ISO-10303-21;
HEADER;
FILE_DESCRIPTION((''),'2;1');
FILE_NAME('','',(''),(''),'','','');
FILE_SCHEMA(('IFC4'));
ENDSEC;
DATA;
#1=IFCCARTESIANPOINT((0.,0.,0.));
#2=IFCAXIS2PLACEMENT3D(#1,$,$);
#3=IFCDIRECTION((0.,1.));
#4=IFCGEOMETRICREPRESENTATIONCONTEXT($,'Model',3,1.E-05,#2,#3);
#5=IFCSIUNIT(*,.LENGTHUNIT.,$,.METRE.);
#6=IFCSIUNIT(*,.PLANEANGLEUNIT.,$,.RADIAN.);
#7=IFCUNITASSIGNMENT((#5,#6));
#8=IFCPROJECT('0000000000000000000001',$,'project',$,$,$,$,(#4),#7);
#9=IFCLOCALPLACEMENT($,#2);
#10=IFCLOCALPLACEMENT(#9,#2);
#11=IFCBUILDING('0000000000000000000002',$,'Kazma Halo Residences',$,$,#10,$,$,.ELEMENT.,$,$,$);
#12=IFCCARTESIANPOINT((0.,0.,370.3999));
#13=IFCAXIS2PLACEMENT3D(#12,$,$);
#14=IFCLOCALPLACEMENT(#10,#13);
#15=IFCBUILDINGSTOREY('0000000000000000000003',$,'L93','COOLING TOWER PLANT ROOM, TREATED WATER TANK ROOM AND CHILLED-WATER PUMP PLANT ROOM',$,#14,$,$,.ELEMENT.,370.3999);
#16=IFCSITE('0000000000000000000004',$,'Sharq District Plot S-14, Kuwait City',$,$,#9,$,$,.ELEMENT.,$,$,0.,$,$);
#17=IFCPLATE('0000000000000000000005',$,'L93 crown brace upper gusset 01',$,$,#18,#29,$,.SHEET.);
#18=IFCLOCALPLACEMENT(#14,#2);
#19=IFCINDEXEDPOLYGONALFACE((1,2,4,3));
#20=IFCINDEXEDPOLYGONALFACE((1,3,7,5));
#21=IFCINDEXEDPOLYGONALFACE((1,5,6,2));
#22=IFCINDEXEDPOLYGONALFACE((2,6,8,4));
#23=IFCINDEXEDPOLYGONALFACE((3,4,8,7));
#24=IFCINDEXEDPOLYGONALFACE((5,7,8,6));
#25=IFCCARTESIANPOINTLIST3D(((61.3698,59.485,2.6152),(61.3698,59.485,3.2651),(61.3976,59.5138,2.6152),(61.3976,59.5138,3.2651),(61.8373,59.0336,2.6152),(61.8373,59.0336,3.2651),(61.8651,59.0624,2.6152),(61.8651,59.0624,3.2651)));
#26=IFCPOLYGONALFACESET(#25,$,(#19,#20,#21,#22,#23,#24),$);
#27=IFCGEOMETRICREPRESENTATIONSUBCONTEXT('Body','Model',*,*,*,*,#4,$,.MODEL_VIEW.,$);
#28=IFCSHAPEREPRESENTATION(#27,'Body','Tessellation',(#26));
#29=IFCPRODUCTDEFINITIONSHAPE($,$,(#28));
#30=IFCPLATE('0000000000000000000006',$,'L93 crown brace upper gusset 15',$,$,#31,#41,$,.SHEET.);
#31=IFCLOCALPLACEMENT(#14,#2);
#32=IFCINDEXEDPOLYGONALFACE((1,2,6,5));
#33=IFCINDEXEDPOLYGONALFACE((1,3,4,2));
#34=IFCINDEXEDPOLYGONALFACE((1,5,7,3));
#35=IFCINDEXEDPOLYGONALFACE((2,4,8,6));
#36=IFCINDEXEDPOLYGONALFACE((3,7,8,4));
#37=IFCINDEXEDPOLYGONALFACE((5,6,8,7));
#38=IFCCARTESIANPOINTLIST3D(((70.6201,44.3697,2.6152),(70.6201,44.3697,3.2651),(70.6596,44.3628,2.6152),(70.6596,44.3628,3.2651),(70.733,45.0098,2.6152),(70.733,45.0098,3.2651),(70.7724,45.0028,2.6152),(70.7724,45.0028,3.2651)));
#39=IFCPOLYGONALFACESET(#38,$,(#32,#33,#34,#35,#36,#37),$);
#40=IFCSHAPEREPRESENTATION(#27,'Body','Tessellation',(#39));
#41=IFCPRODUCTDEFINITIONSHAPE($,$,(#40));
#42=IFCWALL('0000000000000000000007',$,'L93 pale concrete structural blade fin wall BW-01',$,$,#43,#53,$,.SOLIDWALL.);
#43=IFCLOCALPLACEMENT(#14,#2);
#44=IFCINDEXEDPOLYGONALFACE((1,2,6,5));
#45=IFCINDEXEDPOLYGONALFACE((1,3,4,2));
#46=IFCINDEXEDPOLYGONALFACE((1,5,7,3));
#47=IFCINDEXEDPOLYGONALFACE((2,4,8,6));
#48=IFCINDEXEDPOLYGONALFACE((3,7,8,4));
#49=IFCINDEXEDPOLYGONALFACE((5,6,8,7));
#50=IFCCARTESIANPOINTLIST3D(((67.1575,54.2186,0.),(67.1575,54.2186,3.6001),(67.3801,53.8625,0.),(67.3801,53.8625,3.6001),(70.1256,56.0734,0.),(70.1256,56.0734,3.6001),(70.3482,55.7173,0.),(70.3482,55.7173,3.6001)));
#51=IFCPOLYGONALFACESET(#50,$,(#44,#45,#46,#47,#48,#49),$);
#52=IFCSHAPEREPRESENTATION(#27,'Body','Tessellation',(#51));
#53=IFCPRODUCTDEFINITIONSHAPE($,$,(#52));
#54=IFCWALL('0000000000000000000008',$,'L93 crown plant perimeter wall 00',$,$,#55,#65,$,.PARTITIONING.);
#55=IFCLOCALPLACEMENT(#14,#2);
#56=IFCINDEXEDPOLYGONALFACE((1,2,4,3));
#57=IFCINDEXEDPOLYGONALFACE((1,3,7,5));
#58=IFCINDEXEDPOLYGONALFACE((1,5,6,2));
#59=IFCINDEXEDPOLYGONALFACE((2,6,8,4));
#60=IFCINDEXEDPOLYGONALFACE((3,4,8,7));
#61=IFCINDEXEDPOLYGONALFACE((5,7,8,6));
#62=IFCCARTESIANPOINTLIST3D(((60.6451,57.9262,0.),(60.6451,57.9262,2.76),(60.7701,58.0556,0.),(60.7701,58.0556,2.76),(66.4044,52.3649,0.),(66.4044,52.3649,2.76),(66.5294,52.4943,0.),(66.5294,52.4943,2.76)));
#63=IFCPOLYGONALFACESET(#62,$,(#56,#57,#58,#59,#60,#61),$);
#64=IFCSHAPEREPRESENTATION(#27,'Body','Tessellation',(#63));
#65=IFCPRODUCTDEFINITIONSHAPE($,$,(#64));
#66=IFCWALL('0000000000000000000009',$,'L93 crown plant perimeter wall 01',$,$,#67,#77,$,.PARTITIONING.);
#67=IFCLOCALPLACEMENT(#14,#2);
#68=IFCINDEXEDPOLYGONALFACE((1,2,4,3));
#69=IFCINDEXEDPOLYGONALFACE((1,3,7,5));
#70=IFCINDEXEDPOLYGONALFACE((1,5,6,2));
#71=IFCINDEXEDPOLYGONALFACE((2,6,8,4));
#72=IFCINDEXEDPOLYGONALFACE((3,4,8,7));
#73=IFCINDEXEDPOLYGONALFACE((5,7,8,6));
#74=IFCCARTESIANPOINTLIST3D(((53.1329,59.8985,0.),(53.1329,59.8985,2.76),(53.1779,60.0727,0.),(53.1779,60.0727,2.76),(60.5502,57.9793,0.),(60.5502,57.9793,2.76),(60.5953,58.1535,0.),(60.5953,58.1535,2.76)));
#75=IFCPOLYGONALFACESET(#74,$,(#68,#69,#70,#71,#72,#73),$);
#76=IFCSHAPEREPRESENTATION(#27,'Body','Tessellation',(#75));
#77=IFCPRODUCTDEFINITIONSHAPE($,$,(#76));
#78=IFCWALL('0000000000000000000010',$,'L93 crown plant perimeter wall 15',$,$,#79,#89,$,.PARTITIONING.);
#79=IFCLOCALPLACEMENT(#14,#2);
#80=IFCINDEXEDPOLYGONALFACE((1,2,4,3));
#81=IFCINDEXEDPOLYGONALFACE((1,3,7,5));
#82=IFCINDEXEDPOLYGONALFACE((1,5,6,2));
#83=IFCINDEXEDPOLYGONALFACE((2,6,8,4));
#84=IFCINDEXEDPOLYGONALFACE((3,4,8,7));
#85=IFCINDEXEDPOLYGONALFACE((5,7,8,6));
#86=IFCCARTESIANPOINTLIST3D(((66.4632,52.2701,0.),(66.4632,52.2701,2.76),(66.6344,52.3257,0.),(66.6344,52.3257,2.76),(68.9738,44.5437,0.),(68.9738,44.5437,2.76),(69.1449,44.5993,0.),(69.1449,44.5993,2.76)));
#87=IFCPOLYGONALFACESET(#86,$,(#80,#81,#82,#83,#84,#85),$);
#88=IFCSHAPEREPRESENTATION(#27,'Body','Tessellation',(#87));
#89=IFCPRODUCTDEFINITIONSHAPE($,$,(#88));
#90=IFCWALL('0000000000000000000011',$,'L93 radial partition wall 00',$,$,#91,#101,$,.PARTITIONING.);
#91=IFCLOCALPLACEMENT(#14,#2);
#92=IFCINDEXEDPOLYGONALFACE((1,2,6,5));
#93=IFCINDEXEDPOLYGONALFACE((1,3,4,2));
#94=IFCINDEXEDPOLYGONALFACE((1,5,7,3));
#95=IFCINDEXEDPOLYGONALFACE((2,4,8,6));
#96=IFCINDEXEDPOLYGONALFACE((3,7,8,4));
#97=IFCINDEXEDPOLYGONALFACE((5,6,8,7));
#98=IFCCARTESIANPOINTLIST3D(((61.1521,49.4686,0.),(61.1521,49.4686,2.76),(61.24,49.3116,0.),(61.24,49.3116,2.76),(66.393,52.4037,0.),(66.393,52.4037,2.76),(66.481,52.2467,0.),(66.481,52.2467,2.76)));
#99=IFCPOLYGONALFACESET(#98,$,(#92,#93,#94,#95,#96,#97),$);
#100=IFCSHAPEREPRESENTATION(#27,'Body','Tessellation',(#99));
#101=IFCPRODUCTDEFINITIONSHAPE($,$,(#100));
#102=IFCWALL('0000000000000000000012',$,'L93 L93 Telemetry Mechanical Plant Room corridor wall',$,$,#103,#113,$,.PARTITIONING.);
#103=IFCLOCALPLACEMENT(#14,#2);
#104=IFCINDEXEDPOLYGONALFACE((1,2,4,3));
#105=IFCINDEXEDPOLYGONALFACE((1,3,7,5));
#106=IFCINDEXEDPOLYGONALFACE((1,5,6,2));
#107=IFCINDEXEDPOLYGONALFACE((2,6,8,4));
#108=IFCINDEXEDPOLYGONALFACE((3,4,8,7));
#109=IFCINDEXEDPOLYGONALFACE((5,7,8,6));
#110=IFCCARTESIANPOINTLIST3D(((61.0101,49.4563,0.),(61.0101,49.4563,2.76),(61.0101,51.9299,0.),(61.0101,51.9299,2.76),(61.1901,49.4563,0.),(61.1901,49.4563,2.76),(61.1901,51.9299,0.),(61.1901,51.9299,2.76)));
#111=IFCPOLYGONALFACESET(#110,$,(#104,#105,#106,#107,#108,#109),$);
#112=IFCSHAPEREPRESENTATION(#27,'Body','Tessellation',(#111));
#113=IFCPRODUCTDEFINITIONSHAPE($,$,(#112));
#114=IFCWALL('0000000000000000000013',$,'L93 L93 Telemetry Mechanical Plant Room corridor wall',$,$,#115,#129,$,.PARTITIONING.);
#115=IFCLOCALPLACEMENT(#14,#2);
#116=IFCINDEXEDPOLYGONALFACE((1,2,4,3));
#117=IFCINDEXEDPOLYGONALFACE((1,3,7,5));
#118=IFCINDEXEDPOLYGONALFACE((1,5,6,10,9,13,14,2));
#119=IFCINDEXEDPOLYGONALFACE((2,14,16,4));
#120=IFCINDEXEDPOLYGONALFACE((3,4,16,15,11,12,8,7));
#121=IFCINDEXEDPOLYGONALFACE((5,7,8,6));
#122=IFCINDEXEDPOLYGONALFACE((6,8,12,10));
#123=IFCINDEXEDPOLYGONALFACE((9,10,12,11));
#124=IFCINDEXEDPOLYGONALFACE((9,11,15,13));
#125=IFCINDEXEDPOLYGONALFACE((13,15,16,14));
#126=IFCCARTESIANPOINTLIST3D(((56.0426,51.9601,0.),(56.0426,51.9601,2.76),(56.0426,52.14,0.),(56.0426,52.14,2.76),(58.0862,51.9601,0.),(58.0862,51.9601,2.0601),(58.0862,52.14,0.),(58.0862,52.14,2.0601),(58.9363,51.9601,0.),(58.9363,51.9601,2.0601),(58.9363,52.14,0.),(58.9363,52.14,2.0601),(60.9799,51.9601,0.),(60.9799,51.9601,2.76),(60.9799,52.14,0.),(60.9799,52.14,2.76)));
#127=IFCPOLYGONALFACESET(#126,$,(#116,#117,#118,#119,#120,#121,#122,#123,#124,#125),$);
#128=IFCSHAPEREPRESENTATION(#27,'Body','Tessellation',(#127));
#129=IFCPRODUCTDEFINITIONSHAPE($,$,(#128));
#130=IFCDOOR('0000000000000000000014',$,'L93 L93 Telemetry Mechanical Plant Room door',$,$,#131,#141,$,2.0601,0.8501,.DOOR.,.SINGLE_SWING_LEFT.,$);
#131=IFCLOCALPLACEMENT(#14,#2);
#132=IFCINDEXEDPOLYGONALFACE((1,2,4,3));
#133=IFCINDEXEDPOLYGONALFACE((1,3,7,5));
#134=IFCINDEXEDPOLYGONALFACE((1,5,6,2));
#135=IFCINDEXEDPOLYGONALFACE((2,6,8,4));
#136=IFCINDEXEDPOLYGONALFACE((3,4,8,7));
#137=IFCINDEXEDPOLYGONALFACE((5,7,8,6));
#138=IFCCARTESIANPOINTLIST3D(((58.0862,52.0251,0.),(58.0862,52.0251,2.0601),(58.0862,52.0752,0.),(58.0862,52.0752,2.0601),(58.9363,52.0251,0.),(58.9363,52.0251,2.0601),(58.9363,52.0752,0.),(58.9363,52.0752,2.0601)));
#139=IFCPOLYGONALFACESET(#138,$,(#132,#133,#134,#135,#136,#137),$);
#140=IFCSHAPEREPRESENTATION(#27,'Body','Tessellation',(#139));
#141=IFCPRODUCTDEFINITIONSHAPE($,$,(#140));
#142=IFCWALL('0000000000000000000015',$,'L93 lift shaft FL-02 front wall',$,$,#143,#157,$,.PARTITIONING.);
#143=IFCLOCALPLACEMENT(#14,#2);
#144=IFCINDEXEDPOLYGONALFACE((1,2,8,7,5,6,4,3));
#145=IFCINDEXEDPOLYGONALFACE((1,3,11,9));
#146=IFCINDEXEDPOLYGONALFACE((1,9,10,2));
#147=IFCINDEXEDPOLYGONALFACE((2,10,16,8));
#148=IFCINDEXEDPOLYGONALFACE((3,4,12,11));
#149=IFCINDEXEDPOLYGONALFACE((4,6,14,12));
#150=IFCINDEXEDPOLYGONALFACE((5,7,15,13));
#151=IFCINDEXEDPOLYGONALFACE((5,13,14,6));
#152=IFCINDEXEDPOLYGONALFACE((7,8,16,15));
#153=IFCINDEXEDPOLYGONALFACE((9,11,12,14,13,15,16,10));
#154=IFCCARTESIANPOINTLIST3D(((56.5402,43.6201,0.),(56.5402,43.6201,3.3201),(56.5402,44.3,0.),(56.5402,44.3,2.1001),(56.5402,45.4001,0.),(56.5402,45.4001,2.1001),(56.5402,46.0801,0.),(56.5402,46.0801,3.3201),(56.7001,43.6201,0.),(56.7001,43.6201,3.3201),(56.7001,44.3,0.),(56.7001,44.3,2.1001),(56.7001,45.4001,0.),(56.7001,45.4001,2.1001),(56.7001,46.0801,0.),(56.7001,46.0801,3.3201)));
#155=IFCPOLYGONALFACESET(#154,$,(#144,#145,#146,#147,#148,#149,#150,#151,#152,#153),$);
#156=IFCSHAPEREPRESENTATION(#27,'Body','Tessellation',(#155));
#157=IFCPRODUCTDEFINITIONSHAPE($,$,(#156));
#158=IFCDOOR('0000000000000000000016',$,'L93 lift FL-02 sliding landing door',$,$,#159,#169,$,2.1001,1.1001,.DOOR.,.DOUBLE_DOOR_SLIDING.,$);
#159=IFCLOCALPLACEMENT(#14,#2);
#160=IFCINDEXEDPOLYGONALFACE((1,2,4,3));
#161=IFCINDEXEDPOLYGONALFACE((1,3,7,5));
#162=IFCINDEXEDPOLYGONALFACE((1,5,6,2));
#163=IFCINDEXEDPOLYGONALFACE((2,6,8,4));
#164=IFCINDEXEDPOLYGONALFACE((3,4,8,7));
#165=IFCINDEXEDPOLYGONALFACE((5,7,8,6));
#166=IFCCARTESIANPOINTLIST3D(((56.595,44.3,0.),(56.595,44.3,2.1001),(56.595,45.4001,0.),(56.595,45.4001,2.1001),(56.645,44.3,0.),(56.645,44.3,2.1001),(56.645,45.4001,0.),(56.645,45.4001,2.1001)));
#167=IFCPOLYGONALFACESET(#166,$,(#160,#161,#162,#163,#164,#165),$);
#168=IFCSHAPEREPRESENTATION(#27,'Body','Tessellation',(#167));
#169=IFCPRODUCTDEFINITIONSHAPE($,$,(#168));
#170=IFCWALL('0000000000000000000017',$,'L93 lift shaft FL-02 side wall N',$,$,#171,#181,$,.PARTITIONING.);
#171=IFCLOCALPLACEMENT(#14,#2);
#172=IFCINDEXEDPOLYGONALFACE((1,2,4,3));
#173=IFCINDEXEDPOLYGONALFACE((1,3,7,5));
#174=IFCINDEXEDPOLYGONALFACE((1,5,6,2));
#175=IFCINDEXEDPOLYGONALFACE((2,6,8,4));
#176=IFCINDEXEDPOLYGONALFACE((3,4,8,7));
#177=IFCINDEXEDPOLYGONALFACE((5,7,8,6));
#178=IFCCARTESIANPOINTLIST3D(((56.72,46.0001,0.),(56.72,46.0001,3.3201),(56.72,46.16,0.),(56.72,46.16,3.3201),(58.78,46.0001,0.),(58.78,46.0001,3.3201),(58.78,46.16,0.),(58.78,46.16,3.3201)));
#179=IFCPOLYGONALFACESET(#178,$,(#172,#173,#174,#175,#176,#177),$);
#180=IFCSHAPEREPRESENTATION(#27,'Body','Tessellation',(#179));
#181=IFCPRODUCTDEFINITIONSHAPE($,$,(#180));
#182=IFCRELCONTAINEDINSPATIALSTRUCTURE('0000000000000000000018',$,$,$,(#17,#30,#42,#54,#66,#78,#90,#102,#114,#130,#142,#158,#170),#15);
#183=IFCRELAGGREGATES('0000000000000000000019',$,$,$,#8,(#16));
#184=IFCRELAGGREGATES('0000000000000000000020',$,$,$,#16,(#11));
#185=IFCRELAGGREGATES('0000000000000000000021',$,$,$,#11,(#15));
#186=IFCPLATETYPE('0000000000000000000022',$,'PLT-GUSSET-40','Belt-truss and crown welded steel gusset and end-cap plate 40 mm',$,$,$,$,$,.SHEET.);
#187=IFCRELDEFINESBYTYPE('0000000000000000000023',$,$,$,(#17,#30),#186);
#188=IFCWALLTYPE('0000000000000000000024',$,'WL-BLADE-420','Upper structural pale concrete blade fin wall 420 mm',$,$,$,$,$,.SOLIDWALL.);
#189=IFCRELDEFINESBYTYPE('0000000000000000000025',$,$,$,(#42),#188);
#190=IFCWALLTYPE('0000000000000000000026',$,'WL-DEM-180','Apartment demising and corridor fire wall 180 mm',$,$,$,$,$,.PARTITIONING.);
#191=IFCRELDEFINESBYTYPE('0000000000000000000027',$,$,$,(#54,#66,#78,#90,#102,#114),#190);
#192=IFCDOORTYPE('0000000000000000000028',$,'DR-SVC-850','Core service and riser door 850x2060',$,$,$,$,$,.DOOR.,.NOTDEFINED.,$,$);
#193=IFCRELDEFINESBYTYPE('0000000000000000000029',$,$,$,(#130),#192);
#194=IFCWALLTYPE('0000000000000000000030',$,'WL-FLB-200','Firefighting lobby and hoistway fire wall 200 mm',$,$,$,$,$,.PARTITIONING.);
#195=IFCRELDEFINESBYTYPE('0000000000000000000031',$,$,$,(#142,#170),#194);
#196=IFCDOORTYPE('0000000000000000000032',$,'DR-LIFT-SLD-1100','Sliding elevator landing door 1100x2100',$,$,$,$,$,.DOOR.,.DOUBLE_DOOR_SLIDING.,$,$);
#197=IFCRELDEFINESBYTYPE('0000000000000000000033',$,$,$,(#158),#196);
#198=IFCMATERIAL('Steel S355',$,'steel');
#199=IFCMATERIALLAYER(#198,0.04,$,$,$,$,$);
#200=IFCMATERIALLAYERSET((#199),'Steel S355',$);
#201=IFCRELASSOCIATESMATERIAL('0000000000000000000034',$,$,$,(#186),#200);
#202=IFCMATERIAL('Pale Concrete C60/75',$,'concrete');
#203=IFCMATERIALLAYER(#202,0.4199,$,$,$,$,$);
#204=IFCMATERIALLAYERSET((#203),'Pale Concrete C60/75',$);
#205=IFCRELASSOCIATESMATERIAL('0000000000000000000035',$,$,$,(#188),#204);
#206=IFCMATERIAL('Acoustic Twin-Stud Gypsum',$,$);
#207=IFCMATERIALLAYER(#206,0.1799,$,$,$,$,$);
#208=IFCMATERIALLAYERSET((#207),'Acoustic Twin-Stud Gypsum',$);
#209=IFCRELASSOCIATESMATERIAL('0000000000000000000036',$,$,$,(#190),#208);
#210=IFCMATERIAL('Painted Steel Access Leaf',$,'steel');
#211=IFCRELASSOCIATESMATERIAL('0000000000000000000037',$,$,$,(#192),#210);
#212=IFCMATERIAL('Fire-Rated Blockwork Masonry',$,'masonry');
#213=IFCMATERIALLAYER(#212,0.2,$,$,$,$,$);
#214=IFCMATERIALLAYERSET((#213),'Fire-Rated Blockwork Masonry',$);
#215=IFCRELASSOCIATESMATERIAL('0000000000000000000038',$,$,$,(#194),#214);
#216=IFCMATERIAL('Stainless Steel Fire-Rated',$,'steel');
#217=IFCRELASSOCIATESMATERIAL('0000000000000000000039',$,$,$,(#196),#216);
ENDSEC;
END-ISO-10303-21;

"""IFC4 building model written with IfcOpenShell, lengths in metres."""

from ifc_helpers import new_model, si_unit, direction, frame, frame_2d, origin, origin_2d, place, context, subcontext, project, spatial, rectangle, extrude, material, layer, layer_set, type_object, element, fill, save


model = new_model("IFC4")

# Units and contexts
model_context = context("Model", 3, precision=1e-05, world=origin(), true_north=direction((0.0, 1.0)))
body_context = subcontext(model_context, "Body", "Model", "MODEL_VIEW")
ifc_project = project(units=[si_unit("LENGTHUNIT", "METRE"), si_unit("PLANEANGLEUNIT", "RADIAN")], contexts=[model_context])

# Site, building, storey
site_placement = place(None, origin())
site = spatial("IfcSite", under=ifc_project, at=site_placement, Name="Sharq District Plot S-14, Kuwait City", CompositionType="ELEMENT", RefElevation=0.0)
building_placement = place(site_placement, origin())
building = spatial("IfcBuilding", under=site, at=building_placement, Name="Kazma Halo Residences", CompositionType="ELEMENT")
storey_placement = place(building_placement, frame((0.0, 0.0, 370.3999)))
storey = spatial("IfcBuildingStorey", under=building, at=storey_placement, Name="L93", Description="COOLING TOWER PLANT ROOM, TREATED WATER TANK ROOM AND CHILLED-WATER PUMP PLANT ROOM", CompositionType="ELEMENT", Elevation=370.3999)

# Shared definitions
ifc_material_1 = material(Name="Steel S355", Category="steel")

# Plates
ifc_layer_1 = layer(ifc_material_1, 0.04)
ifc_layer_set_1 = layer_set([ifc_layer_1], Name="Steel S355")
plate_type_1 = type_object("IfcPlateType", Name="PLT-GUSSET-40", Description="Belt-truss and crown welded steel gusset and end-cap plate 40 mm", PredefinedType="SHEET", material=ifc_layer_set_1)
for number, where, z_axis, x_axis, name in (
    (1, (61.6174, 59.2737, 2.6152), (0.0, 0.0, 1.0), (-0.719342, 0.694656, 0.0), "L93 crown brace upper gusset 01"),
    (2, (70.6963, 44.6863, 2.6152), (0.0, 0.0, 1.0), (0.173656, 0.984806, 0.0), "L93 crown brace upper gusset 15"),
):
    element("IfcPlate", number, at=place(storey_placement, frame(where, z_axis=z_axis, x_axis=x_axis)), inside=storey, type_object=plate_type_1, Name=name, PredefinedType="SHEET", context=body_context, shape_type="SweptSolid", body=[
        extrude(rectangle(XDim=0.6499, YDim=0.04, at=origin_2d()), origin(), (0.0, 0.0, 1.0), 0.6499),
    ])

# Walls
ifc_material_2 = material(Name="Pale Concrete C60/75", Category="concrete")
ifc_layer_2 = layer(ifc_material_2, 0.4199)
ifc_layer_set_2 = layer_set([ifc_layer_2], Name="Pale Concrete C60/75")
wall_type_1 = type_object("IfcWallType", Name="WL-BLADE-420", Description="Upper structural pale concrete blade fin wall 420 mm", PredefinedType="SOLIDWALL", material=ifc_layer_set_2)
wall_1_placement = place(storey_placement, frame((67.2688, 54.0405, 0.0), z_axis=(0.0, 0.0, 1.0), x_axis=(0.848034, 0.529943, 0.0)))
element("IfcWall", 3, at=wall_1_placement, inside=storey, type_object=wall_type_1, Name="L93 pale concrete structural blade fin wall BW-01", PredefinedType="SOLIDWALL", context=body_context, shape_type="SweptSolid", body=[
    extrude(rectangle(XDim=3.5, YDim=0.4199, at=frame_2d((1.75, 0.0))), origin(), (0.0, 0.0, 1.0), 3.6001),
])
ifc_material_3 = material(Name="Acoustic Twin-Stud Gypsum")
ifc_layer_3 = layer(ifc_material_3, 0.1799)
ifc_layer_set_3 = layer_set([ifc_layer_3], Name="Acoustic Twin-Stud Gypsum")
wall_type_2 = type_object("IfcWallType", Name="WL-DEM-180", Description="Apartment demising and corridor fire wall 180 mm", PredefinedType="PARTITIONING", material=ifc_layer_set_3)
wall_2_placement = place(storey_placement, frame((66.4668, 52.4297, 0.0), z_axis=(0.0, 0.0, 1.0), x_axis=(-0.719364, 0.694633, 0.0)))
element("IfcWall", 4, at=wall_2_placement, inside=storey, type_object=wall_type_2, Name="L93 crown plant perimeter wall 00", PredefinedType="PARTITIONING", context=body_context, shape_type="SweptSolid", body=[
    extrude(rectangle(XDim=8.0061, YDim=0.1799, at=frame_2d((4.0029, 0.0))), origin(), (0.0, 0.0, 1.0), 2.76),
])
wall_3_placement = place(storey_placement, frame((60.5728, 58.0664, 0.0), z_axis=(0.0, 0.0, 1.0), x_axis=(-0.968117, 0.250498, 0.0)))
element("IfcWall", 5, at=wall_3_placement, inside=storey, type_object=wall_type_2, Name="L93 crown plant perimeter wall 01", PredefinedType="PARTITIONING", context=body_context, shape_type="SweptSolid", body=[
    extrude(rectangle(XDim=7.6616, YDim=0.1799, at=frame_2d((3.8308, 0.0))), origin(), (0.0, 0.0, 1.0), 2.76),
])
wall_4_placement = place(storey_placement, frame((69.0593, 44.5715, 0.0), z_axis=(0.0, 0.0, 1.0), x_axis=(-0.309024, 0.951054, 0.0)))
element("IfcWall", 6, at=wall_4_placement, inside=storey, type_object=wall_type_2, Name="L93 crown plant perimeter wall 15", PredefinedType="PARTITIONING", context=body_context, shape_type="SweptSolid", body=[
    extrude(rectangle(XDim=8.124, YDim=0.1799, at=frame_2d((4.062, 0.0))), origin(), (0.0, 0.0, 1.0), 2.76),
])
wall_5_placement = place(storey_placement, frame((61.196, 49.3901, 0.0), z_axis=(0.0, 0.0, 1.0), x_axis=(0.872498, 0.488618, 0.0)))
element("IfcWall", 7, at=wall_5_placement, inside=storey, type_object=wall_type_2, Name="L93 radial partition wall 00", PredefinedType="PARTITIONING", context=body_context, shape_type="SweptSolid", body=[
    extrude(rectangle(XDim=6.0068, YDim=0.1799, at=frame_2d((3.0034, 0.0))), origin(), (0.0, 0.0, 1.0), 2.76),
])
wall_6_placement = place(storey_placement, frame((61.1001, 49.4563, 0.0), z_axis=(0.0, 0.0, 1.0), x_axis=(0.0, 1.0, 0.0)))
element("IfcWall", 8, at=wall_6_placement, inside=storey, type_object=wall_type_2, Name="L93 L93 Telemetry Mechanical Plant Room corridor wall", PredefinedType="PARTITIONING", context=body_context, shape_type="SweptSolid", body=[
    extrude(rectangle(XDim=2.4736, YDim=0.1799, at=frame_2d((1.2368, 0.0))), origin(), (0.0, 0.0, 1.0), 2.76),
])

# Walls, openings, doors
wall_7_placement = place(storey_placement, frame((60.98, 52.05, 0.0), z_axis=(0.0, 0.0, 1.0), x_axis=(-1.0, 0.0, 0.0)))
wall_7 = element("IfcWall", 9, at=wall_7_placement, inside=storey, type_object=wall_type_2, Name="L93 L93 Telemetry Mechanical Plant Room corridor wall", PredefinedType="PARTITIONING", context=body_context, shape_type="SweptSolid", body=[
    extrude(rectangle(XDim=4.9373, YDim=0.1799, at=frame_2d((2.4688, 0.0))), origin(), (0.0, 0.0, 1.0), 2.76),
])
opening_1_placement = place(wall_7_placement, frame((2.0437, 0.0, 0.0)))
opening_1 = element("IfcOpeningElement", 10, at=opening_1_placement, cuts=wall_7, PredefinedType="OPENING", context=body_context, shape_type="SweptSolid", body=[
    extrude(rectangle(XDim=0.8501, YDim=2.0601, at=frame_2d((0.425, 1.03))), frame((0.0, 0.0999, 0.0), z_axis=(0.0, -1.0, 0.0), x_axis=(1.0, 0.0, 0.0)), (0.0, 0.0, 1.0), 0.2),
])
ifc_material_4 = material(Name="Painted Steel Access Leaf", Category="steel")
door_type_1 = type_object("IfcDoorType", Name="DR-SVC-850", Description="Core service and riser door 850x2060", OperationType="NOTDEFINED", PredefinedType="DOOR", material=ifc_material_4)
door_1_placement = place(opening_1_placement, origin())
door_1 = element("IfcDoor", 11, at=door_1_placement, inside=storey, type_object=door_type_1, Name="L93 L93 Telemetry Mechanical Plant Room door", OperationType="SINGLE_SWING_LEFT", OverallHeight=2.0601, OverallWidth=0.8501, PredefinedType="DOOR", context=body_context, shape_type="SweptSolid", body=[
    extrude(rectangle(XDim=0.8501, YDim=2.0601, at=frame_2d((0.425, 1.03))), frame((0.0, 0.0249, 0.0), z_axis=(0.0, -1.0, 0.0), x_axis=(1.0, 0.0, 0.0)), (0.0, 0.0, 1.0), 0.05),
])
fill(opening_1, door_1)
ifc_material_5 = material(Name="Fire-Rated Blockwork Masonry", Category="masonry")
ifc_layer_4 = layer(ifc_material_5, 0.2)
ifc_layer_set_4 = layer_set([ifc_layer_4], Name="Fire-Rated Blockwork Masonry")
wall_type_3 = type_object("IfcWallType", Name="WL-FLB-200", Description="Firefighting lobby and hoistway fire wall 200 mm", PredefinedType="PARTITIONING", material=ifc_layer_set_4)
wall_8_placement = place(storey_placement, frame((56.6201, 46.0801, 0.0), z_axis=(0.0, 0.0, 1.0), x_axis=(0.0, -1.0, 0.0)))
wall_8 = element("IfcWall", 12, at=wall_8_placement, inside=storey, type_object=wall_type_3, Name="L93 lift shaft FL-02 front wall", PredefinedType="PARTITIONING", context=body_context, shape_type="SweptSolid", body=[
    extrude(rectangle(XDim=2.46, YDim=0.1599, at=frame_2d((1.23, 0.0))), origin(), (0.0, 0.0, 1.0), 3.3201),
])
opening_2_placement = place(wall_8_placement, frame((0.6799, 0.0, 0.0)))
opening_2 = element("IfcOpeningElement", 13, at=opening_2_placement, cuts=wall_8, PredefinedType="OPENING", context=body_context, shape_type="SweptSolid", body=[
    extrude(rectangle(XDim=1.1001, YDim=2.1001, at=frame_2d((0.55, 1.05))), frame((0.0, 0.0898, 0.0), z_axis=(0.0, -1.0, 0.0), x_axis=(1.0, 0.0, 0.0)), (0.0, 0.0, 1.0), 0.1799),
])
ifc_material_6 = material(Name="Stainless Steel Fire-Rated", Category="steel")
door_type_2 = type_object("IfcDoorType", Name="DR-LIFT-SLD-1100", Description="Sliding elevator landing door 1100x2100", OperationType="DOUBLE_DOOR_SLIDING", PredefinedType="DOOR", material=ifc_material_6)
door_2_placement = place(opening_2_placement, origin())
door_2 = element("IfcDoor", 14, at=door_2_placement, inside=storey, type_object=door_type_2, Name="L93 lift FL-02 sliding landing door", OperationType="DOUBLE_DOOR_SLIDING", OverallHeight=2.1001, OverallWidth=1.1001, PredefinedType="DOOR", context=body_context, shape_type="SweptSolid", body=[
    extrude(rectangle(XDim=1.1001, YDim=2.1001, at=frame_2d((0.55, 1.05))), frame((0.0, 0.0249, 0.0), z_axis=(0.0, -1.0, 0.0), x_axis=(1.0, 0.0, 0.0)), (0.0, 0.0, 1.0), 0.05),
])
fill(opening_2, door_2)

# Wall
wall_9_placement = place(storey_placement, frame((56.72, 46.0801, 0.0), z_axis=(0.0, 0.0, 1.0), x_axis=(1.0, 0.0, 0.0)))
element("IfcWall", 15, at=wall_9_placement, inside=storey, type_object=wall_type_3, Name="L93 lift shaft FL-02 side wall N", PredefinedType="PARTITIONING", context=body_context, shape_type="SweptSolid", body=[
    extrude(rectangle(XDim=2.0601, YDim=0.1599, at=frame_2d((1.03, 0.0))), origin(), (0.0, 0.0, 1.0), 3.3201),
])

save(model, "model.ifc")
